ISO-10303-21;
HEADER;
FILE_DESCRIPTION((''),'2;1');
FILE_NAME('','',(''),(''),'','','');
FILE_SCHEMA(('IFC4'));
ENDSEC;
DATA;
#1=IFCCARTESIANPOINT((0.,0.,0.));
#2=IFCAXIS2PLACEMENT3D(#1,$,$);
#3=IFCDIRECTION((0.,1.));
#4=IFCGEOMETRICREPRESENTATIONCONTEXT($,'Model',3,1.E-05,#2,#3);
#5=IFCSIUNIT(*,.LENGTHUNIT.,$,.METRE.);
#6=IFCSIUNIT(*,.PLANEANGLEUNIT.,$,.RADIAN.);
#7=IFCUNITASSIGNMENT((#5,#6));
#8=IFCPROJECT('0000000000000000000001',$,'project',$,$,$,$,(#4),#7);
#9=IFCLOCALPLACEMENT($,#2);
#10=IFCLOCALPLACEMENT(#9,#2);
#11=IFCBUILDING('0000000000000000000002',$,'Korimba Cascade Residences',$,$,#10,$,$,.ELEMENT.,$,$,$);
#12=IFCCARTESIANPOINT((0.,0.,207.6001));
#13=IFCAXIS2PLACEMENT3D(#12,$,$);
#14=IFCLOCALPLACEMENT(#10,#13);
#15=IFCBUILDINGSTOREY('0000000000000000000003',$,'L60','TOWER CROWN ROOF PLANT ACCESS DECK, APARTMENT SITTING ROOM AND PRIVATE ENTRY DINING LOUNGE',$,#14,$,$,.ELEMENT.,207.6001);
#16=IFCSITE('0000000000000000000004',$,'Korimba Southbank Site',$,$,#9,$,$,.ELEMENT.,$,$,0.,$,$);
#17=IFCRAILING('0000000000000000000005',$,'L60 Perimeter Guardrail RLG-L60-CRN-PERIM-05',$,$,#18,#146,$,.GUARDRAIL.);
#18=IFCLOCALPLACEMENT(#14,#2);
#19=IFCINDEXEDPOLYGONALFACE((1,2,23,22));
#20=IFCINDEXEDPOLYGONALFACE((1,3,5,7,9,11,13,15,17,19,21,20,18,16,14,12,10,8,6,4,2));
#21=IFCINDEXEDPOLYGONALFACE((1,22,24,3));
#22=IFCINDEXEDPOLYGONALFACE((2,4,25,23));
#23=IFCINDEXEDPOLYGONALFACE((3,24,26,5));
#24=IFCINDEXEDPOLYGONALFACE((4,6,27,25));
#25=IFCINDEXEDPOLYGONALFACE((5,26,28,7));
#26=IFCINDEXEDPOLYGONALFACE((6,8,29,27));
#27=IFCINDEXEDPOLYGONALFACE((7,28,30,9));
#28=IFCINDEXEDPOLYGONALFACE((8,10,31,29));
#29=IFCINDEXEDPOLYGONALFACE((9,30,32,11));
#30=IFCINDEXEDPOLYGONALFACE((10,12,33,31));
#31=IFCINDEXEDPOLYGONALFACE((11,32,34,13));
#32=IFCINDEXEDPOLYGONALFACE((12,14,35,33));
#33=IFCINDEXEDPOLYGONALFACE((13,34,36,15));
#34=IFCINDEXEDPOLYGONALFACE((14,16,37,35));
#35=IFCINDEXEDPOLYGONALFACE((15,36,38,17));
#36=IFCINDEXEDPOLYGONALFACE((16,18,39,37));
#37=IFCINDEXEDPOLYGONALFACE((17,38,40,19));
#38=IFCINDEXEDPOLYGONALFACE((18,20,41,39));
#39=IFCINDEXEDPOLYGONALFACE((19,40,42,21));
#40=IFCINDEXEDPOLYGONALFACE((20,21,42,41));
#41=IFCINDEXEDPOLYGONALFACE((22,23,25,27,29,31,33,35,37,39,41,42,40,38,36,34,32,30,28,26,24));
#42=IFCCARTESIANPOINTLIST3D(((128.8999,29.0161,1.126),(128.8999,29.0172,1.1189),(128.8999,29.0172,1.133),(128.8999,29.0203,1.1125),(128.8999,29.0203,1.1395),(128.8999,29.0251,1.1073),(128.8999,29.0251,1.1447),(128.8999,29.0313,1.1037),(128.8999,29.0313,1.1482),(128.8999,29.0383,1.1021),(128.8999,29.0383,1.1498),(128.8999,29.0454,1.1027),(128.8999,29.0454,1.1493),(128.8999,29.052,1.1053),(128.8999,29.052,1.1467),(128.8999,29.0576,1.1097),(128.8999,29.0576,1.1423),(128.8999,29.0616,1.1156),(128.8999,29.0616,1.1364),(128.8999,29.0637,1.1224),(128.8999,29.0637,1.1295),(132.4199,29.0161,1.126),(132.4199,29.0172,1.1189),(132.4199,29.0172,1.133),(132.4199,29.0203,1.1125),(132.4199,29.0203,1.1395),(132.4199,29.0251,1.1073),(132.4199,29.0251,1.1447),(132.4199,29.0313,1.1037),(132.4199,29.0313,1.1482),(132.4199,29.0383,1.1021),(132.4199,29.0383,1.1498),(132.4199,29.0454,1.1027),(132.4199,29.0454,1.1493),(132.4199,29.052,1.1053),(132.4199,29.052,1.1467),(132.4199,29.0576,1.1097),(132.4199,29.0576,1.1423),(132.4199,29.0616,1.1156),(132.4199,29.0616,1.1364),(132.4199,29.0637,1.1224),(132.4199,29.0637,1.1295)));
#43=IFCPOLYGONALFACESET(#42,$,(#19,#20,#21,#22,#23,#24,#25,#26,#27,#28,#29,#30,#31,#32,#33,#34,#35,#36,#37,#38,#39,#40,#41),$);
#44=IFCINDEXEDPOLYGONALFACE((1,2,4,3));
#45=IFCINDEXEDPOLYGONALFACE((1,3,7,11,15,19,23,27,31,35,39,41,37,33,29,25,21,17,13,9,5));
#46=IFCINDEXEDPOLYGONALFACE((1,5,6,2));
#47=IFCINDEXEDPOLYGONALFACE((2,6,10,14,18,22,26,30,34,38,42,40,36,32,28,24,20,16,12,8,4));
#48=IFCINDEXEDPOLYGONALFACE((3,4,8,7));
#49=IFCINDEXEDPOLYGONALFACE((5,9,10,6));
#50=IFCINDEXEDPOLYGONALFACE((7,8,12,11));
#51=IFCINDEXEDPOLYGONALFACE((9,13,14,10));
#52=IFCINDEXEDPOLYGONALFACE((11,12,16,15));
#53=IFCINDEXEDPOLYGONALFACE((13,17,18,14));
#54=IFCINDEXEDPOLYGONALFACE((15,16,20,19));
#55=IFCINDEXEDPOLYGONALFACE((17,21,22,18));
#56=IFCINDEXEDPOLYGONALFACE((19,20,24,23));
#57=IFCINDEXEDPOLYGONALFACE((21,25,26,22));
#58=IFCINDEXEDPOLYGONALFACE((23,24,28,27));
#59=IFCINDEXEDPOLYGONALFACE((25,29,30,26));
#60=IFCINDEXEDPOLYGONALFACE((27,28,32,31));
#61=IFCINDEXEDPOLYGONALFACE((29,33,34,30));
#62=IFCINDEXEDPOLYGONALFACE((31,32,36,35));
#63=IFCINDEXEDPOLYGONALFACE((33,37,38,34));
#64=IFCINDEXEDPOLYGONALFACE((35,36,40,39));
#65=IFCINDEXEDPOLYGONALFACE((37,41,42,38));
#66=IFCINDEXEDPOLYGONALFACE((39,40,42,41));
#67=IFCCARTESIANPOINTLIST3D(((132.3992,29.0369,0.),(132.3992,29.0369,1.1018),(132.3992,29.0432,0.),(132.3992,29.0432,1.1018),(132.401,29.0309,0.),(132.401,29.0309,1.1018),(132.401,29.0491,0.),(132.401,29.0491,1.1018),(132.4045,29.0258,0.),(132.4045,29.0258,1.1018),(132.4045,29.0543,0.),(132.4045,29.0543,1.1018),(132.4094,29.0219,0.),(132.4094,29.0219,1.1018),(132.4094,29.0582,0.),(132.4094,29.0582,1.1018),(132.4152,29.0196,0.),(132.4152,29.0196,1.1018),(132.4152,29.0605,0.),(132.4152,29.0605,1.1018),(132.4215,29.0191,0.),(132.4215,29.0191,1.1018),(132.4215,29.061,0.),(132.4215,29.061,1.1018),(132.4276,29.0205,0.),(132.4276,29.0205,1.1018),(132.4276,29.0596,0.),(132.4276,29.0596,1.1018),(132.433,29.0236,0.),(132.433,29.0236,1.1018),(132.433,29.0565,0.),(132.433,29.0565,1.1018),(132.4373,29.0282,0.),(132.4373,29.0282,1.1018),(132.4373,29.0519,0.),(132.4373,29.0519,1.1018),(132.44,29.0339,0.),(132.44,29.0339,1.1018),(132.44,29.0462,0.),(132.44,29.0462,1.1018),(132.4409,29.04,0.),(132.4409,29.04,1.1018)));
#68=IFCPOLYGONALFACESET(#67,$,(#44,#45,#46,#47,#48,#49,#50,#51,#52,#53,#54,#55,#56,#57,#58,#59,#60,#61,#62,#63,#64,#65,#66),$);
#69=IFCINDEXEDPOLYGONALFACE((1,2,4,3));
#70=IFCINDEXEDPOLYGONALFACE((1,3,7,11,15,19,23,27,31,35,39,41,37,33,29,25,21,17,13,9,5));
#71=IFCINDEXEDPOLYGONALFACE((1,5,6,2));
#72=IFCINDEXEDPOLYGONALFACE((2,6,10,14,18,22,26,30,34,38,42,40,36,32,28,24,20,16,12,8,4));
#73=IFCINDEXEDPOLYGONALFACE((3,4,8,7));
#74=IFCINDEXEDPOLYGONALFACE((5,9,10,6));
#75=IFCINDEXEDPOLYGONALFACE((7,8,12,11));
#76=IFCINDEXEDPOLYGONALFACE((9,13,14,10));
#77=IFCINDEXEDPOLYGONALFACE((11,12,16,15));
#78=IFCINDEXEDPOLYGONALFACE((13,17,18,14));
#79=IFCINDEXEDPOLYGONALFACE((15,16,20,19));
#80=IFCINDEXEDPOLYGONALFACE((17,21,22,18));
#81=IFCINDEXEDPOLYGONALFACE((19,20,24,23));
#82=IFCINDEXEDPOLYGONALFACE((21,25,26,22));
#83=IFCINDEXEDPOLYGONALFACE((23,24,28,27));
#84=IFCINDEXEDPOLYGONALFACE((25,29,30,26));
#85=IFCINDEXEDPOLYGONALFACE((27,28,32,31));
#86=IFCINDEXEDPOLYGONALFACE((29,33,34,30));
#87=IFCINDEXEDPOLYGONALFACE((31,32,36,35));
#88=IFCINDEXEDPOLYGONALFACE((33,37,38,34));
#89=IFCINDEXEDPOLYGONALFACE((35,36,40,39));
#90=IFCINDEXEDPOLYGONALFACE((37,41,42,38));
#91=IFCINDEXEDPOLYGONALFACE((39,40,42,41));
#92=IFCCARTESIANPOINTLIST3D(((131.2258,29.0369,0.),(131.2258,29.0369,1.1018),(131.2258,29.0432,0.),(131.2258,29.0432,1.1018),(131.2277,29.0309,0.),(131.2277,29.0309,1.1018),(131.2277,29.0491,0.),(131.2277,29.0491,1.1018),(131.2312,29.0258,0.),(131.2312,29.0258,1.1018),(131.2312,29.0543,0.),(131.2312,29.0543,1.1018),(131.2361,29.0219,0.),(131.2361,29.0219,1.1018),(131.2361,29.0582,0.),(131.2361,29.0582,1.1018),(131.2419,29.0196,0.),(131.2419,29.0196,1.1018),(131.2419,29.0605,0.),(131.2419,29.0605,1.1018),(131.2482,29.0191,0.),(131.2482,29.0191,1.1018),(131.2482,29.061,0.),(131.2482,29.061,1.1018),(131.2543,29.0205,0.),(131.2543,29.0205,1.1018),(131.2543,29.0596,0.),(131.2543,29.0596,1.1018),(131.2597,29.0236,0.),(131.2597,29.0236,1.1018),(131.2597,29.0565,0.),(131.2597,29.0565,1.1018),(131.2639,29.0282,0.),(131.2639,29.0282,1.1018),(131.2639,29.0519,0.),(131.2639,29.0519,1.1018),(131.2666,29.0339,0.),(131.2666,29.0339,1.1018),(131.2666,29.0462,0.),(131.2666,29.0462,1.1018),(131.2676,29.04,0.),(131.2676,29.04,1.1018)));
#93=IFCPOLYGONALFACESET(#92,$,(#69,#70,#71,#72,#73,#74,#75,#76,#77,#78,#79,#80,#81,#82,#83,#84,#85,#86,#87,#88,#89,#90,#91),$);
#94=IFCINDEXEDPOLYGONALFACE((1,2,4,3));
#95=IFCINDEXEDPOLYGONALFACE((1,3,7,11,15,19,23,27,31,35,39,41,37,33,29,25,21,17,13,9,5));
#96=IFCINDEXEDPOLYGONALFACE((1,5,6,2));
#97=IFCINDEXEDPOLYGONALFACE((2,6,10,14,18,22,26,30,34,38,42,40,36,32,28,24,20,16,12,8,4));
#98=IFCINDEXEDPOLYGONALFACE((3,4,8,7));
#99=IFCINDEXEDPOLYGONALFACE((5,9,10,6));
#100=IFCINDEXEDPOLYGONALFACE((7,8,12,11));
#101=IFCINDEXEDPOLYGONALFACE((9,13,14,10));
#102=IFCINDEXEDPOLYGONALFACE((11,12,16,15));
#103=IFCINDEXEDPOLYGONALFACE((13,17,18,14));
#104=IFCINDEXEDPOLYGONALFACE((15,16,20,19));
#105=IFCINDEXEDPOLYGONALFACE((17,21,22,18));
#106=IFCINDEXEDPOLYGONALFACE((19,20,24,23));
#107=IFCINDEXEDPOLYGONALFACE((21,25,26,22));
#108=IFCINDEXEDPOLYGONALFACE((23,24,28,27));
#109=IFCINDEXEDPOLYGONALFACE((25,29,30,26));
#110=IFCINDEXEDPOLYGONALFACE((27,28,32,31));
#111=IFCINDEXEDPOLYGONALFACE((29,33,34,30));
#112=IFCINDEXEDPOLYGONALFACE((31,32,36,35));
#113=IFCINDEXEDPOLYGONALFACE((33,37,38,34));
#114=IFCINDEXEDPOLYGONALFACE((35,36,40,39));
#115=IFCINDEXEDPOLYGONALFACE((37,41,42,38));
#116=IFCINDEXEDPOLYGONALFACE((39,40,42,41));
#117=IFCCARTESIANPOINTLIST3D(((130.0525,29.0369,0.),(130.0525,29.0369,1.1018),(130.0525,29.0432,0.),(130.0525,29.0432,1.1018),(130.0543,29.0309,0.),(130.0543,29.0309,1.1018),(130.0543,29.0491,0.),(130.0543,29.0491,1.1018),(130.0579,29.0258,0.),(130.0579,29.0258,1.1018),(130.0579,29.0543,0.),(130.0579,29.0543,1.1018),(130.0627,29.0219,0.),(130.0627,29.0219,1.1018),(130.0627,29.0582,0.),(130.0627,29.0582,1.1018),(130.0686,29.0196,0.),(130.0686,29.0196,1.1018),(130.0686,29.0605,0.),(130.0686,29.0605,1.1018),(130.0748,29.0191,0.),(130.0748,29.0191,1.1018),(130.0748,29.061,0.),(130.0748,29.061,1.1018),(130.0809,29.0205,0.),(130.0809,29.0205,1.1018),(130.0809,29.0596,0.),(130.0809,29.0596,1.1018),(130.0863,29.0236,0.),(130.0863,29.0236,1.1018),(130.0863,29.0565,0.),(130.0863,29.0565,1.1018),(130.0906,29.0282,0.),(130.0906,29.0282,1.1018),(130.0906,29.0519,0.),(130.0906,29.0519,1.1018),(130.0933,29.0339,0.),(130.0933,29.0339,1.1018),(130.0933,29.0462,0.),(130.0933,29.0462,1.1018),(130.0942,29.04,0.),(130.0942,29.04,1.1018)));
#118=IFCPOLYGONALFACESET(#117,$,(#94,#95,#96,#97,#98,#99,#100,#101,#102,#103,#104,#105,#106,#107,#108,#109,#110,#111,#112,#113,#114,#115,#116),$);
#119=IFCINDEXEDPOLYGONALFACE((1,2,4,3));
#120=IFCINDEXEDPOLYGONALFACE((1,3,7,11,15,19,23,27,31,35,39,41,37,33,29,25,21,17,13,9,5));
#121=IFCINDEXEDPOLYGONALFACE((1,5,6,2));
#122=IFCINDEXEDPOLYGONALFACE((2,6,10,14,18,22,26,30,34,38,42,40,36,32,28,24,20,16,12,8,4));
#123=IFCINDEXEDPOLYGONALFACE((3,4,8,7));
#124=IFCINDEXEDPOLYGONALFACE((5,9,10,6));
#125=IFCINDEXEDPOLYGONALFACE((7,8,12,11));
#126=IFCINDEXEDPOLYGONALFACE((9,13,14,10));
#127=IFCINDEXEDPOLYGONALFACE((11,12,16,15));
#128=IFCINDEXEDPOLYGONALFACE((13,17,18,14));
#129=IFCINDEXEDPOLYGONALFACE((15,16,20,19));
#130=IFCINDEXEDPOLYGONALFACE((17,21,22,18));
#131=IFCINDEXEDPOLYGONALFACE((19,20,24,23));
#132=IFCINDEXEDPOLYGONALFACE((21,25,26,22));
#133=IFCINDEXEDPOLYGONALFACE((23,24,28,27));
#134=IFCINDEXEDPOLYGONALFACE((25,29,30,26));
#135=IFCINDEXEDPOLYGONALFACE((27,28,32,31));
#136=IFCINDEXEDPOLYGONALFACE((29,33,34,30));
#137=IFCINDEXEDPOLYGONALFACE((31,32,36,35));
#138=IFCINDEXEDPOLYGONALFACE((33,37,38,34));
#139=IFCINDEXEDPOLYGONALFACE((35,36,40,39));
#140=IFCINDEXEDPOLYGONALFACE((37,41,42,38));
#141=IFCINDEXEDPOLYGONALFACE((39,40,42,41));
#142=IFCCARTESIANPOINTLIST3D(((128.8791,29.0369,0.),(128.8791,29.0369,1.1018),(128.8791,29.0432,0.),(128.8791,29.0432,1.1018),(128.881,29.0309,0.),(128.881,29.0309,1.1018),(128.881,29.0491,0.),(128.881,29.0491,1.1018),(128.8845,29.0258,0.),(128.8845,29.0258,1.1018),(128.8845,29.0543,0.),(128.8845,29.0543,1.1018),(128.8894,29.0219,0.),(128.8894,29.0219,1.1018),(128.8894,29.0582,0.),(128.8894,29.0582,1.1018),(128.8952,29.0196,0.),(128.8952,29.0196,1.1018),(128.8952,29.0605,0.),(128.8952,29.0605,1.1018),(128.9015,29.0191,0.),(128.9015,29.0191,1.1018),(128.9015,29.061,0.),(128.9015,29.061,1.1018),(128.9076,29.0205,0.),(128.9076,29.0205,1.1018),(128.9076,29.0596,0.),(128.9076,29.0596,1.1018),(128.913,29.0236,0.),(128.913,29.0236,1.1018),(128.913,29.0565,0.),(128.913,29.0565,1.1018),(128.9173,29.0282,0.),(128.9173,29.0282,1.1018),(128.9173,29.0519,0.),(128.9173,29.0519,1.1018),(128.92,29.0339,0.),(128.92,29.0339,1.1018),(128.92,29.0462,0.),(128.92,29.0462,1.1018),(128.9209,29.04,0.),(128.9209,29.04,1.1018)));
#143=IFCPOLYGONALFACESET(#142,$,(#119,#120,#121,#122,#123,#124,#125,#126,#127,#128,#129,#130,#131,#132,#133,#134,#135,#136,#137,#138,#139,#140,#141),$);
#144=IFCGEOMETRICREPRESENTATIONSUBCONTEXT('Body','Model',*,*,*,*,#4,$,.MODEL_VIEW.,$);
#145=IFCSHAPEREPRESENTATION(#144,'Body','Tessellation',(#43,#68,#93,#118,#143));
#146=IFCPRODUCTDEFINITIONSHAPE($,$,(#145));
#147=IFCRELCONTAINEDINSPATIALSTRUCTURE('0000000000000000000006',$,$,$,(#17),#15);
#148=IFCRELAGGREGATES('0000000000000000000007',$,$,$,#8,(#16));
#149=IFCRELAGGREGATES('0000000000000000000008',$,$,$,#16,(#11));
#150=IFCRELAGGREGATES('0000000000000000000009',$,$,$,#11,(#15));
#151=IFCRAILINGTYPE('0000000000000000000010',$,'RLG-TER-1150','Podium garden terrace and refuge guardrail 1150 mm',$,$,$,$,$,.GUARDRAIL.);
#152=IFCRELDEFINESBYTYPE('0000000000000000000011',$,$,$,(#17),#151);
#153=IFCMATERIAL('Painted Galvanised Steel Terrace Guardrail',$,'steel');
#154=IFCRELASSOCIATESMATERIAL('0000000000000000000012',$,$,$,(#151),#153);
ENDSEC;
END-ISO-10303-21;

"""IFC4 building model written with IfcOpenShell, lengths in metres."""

from ifc_helpers import new_model, si_unit, direction, frame, origin, origin_2d, place, context, subcontext, project, spatial, circle, extrude, material, type_object, element, save


model = new_model("IFC4")

# Units and contexts
model_context = context("Model", 3, precision=1e-05, world=origin(), true_north=direction((0.0, 1.0)))
body_context = subcontext(model_context, "Body", "Model", "MODEL_VIEW")
ifc_project = project(units=[si_unit("LENGTHUNIT", "METRE"), si_unit("PLANEANGLEUNIT", "RADIAN")], contexts=[model_context])

# Site, building, storey
site_placement = place(None, origin())
site = spatial("IfcSite", under=ifc_project, at=site_placement, Name="Korimba Southbank Site", CompositionType="ELEMENT", RefElevation=0.0)
building_placement = place(site_placement, origin())
building = spatial("IfcBuilding", under=site, at=building_placement, Name="Korimba Cascade Residences", CompositionType="ELEMENT")
storey_placement = place(building_placement, frame((0.0, 0.0, 207.6001)))
storey = spatial("IfcBuildingStorey", under=building, at=storey_placement, Name="L60", Description="TOWER CROWN ROOF PLANT ACCESS DECK, APARTMENT SITTING ROOM AND PRIVATE ENTRY DINING LOUNGE", CompositionType="ELEMENT", Elevation=207.6001)

# Railing
ifc_material_1 = material(Name="Painted Galvanised Steel Terrace Guardrail", Category="steel")
railing_type = type_object("IfcRailingType", Name="RLG-TER-1150", Description="Podium garden terrace and refuge guardrail 1150 mm", PredefinedType="GUARDRAIL", material=ifc_material_1)
railing_1_placement = place(storey_placement, frame((132.4199, 29.04, 0.0)))
element("IfcRailing", 1, at=railing_1_placement, inside=storey, type_object=railing_type, Name="L60 Perimeter Guardrail RLG-L60-CRN-PERIM-05", PredefinedType="GUARDRAIL", context=body_context, shape_type="SweptSolid", body=[
    extrude(circle(Radius=0.0239, at=origin_2d()), frame((0.0, 0.0, 1.126), z_axis=(-1.0, 0.0, 0.0), x_axis=(0.0, -1.0, 0.0)), (0.0, 0.0, 1.0), 3.52),
    extrude(circle(Radius=0.021, at=origin_2d()), origin(), (0.0, 0.0, 1.0), 1.1018),
    extrude(circle(Radius=0.021, at=origin_2d()), frame((-1.1733, 0.0, 0.0)), (0.0, 0.0, 1.0), 1.1018),
    extrude(circle(Radius=0.021, at=origin_2d()), frame((-2.3467, 0.0, 0.0)), (0.0, 0.0, 1.0), 1.1018),
    extrude(circle(Radius=0.021, at=origin_2d()), frame((-3.52, 0.0, 0.0)), (0.0, 0.0, 1.0), 1.1018),
])

save(model, "model.ifc")
